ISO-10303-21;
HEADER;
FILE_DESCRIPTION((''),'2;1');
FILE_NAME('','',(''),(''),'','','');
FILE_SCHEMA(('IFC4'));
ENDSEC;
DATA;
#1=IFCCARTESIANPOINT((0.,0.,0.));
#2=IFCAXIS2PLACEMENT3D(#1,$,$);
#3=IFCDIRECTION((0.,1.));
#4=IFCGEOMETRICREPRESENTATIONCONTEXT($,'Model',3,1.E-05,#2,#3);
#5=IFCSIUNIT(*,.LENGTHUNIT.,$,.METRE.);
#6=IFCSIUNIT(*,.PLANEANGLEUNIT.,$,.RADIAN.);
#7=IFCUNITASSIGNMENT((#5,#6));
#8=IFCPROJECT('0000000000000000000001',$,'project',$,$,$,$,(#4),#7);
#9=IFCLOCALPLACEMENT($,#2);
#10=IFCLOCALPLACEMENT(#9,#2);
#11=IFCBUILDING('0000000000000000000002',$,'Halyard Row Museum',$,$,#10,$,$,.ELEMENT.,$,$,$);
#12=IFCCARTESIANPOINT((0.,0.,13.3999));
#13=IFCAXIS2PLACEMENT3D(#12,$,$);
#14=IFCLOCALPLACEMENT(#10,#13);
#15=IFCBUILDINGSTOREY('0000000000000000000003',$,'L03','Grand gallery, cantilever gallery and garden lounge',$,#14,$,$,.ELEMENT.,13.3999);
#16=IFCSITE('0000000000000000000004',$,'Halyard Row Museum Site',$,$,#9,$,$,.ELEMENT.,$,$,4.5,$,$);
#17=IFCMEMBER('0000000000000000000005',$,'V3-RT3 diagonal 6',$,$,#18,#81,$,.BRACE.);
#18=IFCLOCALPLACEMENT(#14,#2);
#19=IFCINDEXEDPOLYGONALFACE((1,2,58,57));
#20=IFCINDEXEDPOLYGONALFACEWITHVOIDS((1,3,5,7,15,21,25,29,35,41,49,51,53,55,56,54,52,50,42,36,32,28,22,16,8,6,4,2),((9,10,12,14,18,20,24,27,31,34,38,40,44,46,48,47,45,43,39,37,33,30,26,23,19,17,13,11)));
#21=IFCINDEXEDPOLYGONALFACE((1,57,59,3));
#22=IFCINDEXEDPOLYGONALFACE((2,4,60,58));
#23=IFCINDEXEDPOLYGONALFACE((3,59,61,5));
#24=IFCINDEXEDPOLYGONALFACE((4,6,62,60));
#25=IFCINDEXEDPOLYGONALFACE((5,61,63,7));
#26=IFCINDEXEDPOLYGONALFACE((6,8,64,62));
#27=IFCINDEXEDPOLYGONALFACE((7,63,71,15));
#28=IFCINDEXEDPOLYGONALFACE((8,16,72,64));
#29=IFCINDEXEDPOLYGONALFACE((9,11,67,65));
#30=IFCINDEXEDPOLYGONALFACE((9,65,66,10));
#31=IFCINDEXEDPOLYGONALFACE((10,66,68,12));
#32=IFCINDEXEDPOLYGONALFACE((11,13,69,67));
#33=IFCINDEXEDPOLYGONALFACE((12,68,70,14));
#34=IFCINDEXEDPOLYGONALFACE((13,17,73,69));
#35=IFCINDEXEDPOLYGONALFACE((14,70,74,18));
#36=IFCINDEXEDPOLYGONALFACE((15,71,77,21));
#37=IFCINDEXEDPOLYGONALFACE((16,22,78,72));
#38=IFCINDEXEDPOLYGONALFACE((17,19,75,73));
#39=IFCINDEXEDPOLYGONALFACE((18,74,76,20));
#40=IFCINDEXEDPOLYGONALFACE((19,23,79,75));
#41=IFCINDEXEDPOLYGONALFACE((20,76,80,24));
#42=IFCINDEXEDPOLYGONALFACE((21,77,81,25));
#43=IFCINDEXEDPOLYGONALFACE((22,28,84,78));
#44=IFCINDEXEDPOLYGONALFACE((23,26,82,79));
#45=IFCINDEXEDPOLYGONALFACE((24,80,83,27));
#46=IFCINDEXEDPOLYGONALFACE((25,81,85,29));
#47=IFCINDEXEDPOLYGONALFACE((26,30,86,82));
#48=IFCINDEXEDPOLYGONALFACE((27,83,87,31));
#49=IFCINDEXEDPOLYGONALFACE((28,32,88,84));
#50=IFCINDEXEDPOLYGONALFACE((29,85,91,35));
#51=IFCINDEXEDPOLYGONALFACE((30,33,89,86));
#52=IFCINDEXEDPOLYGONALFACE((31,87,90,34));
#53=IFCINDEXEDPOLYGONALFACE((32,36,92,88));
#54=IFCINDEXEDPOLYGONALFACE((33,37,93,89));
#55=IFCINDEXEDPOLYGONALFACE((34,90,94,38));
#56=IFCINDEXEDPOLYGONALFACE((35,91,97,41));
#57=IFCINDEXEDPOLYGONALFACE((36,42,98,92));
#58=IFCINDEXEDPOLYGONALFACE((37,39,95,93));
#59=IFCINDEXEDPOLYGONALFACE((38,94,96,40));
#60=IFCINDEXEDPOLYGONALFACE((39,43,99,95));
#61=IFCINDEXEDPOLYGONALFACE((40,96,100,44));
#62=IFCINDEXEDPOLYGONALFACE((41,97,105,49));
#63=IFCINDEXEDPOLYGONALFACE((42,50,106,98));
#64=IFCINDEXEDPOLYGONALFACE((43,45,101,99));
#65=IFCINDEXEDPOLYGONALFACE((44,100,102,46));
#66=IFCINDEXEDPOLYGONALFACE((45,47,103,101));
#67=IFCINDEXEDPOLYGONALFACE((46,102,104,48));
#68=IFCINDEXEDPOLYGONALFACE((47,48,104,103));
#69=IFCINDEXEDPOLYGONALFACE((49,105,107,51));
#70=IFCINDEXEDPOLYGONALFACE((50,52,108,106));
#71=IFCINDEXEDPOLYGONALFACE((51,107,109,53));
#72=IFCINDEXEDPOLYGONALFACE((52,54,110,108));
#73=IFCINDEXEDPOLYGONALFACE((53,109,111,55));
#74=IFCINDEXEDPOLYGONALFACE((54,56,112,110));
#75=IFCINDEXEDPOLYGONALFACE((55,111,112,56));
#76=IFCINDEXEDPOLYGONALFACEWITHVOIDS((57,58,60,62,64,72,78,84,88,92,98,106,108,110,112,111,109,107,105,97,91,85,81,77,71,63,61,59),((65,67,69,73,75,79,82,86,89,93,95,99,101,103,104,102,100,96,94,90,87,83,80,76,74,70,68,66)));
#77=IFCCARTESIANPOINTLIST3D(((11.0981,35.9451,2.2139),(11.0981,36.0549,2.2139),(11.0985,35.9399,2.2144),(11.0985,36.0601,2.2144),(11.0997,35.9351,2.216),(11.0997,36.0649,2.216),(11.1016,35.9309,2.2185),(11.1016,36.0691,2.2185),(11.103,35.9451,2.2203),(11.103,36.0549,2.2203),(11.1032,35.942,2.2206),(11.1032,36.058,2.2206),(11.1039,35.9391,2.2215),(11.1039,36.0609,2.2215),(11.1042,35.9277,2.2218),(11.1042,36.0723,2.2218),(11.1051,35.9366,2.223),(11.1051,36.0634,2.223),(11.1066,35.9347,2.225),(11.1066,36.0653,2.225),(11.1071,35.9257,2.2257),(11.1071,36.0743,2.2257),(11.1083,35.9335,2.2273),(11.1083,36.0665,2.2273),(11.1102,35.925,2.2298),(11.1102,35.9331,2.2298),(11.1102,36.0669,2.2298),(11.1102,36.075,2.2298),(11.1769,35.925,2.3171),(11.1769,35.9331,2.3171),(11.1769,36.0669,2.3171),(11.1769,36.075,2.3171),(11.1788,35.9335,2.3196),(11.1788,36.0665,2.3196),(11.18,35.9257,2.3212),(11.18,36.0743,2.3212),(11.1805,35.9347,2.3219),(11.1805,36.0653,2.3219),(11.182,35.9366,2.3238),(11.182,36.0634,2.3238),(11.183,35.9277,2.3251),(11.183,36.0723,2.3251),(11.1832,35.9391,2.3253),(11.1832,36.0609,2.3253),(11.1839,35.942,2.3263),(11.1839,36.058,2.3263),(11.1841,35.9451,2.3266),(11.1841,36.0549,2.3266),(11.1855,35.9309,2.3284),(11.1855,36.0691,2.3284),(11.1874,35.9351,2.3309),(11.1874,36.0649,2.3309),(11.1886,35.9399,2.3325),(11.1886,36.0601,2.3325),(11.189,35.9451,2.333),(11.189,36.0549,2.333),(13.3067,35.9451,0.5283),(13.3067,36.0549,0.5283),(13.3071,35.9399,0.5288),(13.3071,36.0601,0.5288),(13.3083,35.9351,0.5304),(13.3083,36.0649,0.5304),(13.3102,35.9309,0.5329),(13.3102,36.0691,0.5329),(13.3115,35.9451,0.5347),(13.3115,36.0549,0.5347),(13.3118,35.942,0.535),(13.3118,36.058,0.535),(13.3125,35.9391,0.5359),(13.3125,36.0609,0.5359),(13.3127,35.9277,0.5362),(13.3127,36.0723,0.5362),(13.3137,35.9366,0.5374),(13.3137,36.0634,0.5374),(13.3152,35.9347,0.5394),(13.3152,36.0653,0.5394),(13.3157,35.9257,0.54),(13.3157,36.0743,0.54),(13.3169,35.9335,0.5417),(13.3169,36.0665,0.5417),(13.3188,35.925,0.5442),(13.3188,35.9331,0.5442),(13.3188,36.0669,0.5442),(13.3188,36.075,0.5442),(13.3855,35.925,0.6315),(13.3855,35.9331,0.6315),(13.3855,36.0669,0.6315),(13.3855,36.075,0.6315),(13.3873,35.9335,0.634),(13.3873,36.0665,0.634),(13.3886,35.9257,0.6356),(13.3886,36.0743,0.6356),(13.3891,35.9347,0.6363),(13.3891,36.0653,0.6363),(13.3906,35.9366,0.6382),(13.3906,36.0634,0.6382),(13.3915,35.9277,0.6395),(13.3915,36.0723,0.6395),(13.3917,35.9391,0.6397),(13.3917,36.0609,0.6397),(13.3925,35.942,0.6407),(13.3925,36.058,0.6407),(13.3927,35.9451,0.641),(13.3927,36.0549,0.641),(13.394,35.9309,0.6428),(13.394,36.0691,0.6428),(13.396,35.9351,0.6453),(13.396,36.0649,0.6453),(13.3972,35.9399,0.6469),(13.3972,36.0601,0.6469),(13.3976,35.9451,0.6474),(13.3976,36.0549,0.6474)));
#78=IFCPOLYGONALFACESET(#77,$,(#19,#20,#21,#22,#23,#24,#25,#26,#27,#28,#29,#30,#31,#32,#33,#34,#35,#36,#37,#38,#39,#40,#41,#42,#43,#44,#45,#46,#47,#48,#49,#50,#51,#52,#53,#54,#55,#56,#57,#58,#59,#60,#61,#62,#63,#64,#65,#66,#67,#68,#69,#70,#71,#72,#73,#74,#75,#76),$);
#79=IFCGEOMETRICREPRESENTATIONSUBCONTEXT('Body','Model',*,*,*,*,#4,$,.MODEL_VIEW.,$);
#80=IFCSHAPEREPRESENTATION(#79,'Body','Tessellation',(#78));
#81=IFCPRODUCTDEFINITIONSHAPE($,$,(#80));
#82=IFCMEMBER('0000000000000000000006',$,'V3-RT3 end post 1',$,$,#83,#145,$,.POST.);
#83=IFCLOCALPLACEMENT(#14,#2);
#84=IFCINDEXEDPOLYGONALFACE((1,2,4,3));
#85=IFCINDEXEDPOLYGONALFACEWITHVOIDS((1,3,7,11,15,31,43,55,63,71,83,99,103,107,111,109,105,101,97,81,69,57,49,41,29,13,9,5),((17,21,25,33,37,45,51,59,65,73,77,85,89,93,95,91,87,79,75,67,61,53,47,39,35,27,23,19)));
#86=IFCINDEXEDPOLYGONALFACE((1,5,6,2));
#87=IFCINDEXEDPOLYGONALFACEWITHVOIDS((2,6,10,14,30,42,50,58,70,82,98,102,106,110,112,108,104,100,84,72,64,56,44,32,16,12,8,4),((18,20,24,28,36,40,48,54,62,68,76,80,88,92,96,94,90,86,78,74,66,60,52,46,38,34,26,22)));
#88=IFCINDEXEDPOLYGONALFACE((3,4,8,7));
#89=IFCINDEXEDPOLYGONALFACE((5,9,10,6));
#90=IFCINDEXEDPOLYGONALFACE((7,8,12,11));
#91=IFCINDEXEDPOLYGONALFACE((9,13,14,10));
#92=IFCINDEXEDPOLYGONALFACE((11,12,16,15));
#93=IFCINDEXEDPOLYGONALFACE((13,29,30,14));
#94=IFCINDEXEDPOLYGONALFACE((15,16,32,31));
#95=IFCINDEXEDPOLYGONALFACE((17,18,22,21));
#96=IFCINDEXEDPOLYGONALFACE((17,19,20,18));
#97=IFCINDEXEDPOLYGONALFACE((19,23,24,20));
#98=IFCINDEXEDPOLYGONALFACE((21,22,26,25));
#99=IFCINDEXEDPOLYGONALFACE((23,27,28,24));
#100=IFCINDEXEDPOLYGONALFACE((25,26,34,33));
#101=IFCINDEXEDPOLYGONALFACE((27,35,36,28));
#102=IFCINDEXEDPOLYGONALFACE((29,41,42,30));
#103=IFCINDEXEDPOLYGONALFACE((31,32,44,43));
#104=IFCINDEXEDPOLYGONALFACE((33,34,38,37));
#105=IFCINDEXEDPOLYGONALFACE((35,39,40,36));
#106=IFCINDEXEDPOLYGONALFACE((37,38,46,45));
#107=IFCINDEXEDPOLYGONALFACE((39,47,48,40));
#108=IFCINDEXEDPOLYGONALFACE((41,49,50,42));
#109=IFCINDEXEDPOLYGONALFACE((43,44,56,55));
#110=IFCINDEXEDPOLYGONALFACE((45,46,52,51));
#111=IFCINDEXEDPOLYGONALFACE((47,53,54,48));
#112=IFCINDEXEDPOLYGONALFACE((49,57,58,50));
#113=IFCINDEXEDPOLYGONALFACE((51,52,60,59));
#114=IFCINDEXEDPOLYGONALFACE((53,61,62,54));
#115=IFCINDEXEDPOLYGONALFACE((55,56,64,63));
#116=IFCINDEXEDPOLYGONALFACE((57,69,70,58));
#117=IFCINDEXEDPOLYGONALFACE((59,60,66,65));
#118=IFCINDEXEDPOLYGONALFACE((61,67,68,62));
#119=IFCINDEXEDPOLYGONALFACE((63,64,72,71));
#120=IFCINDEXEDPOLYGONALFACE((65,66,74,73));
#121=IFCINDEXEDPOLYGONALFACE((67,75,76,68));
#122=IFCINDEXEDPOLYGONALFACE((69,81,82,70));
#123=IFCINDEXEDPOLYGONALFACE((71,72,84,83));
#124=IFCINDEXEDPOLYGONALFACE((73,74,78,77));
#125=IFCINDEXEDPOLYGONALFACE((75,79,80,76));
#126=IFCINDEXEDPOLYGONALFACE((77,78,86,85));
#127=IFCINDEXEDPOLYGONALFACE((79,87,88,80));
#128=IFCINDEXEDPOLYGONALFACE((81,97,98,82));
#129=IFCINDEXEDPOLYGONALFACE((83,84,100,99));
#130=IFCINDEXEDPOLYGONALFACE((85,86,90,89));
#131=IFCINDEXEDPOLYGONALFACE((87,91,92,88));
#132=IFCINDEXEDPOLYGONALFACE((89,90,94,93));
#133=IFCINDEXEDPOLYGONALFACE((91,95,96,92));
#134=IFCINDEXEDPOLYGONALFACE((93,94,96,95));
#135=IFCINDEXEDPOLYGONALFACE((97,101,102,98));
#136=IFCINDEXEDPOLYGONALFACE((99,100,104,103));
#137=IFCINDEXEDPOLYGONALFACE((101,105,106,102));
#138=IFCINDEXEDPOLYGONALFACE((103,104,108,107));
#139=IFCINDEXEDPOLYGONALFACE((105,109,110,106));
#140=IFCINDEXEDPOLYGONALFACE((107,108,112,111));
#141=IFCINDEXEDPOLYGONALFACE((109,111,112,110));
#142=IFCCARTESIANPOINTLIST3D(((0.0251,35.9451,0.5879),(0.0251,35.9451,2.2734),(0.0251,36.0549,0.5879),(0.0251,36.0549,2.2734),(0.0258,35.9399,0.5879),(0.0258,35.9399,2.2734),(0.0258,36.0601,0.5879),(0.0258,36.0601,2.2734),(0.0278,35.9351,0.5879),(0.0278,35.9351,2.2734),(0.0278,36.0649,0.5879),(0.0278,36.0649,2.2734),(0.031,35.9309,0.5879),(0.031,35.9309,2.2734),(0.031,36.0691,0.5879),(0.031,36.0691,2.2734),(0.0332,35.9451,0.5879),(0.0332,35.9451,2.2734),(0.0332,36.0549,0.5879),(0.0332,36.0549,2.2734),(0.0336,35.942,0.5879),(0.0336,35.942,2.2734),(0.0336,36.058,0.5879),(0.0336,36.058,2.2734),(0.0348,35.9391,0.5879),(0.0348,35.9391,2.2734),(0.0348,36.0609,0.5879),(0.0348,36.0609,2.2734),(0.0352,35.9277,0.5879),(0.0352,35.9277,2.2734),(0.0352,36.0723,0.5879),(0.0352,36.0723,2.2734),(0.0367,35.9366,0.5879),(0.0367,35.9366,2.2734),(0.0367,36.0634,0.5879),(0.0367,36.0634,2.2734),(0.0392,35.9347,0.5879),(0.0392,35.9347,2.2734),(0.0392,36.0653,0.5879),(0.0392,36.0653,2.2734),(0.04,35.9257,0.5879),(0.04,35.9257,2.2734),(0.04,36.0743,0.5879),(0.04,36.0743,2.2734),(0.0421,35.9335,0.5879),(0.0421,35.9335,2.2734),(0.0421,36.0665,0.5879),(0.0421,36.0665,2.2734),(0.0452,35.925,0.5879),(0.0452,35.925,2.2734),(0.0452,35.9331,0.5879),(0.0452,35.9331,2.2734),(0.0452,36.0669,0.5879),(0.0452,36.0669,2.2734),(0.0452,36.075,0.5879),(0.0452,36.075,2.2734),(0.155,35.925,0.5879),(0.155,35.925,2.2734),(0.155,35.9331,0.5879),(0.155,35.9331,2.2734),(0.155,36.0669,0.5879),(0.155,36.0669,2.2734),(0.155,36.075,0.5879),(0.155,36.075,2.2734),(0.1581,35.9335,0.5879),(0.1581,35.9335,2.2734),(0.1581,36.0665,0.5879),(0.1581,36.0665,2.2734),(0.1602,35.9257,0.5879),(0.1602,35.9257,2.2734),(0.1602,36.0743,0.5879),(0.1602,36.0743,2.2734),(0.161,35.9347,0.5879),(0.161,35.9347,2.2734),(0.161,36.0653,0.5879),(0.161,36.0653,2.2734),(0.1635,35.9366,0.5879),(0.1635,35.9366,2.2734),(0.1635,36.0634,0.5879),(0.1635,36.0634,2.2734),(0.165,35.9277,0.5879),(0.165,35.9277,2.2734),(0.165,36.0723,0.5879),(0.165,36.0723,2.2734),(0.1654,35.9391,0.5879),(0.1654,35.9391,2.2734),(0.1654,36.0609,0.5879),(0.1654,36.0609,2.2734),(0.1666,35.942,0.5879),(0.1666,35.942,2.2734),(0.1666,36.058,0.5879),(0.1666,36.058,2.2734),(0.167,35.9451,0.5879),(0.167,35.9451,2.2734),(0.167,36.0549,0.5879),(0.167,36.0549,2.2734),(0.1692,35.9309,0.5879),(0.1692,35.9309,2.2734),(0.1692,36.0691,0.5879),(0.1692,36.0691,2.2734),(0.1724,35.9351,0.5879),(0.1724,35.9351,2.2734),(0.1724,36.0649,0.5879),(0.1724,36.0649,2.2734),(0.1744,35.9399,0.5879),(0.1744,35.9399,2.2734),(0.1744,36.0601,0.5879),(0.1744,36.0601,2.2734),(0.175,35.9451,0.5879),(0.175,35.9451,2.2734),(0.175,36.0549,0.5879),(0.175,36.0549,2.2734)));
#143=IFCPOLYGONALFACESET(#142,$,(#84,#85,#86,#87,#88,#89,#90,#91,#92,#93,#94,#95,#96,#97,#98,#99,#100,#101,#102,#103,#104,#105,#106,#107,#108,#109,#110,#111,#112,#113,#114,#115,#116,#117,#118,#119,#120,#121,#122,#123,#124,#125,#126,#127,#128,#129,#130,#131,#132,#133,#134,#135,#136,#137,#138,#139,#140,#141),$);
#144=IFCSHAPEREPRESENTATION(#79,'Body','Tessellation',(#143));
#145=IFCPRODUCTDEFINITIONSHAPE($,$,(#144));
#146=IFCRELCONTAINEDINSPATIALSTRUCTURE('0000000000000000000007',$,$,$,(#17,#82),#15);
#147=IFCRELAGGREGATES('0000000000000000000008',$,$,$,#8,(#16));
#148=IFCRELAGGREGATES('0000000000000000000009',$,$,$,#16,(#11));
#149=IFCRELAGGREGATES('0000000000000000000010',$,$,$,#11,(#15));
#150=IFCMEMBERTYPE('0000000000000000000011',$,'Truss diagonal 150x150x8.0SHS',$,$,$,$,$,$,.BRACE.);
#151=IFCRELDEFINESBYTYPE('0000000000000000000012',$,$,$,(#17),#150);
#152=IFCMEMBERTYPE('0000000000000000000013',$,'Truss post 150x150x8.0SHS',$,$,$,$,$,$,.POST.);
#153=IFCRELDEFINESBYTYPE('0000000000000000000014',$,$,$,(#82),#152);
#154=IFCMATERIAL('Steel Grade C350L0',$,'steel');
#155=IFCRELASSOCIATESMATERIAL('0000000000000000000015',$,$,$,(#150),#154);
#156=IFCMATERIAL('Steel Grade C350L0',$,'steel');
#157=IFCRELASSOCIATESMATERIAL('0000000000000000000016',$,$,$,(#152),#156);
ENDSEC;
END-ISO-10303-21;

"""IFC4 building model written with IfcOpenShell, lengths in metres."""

from ifc_helpers import new_model, si_unit, direction, frame, origin, origin_2d, place, context, subcontext, project, spatial, hollow_rectangle, extrude, material, material_profile, profile_set, type_object, element, save


model = new_model("IFC4")

# Units and contexts
model_context = context("Model", 3, precision=1e-05, world=origin(), true_north=direction((0.0, 1.0)))
body_context = subcontext(model_context, "Body", "Model", "MODEL_VIEW")
ifc_project = project(units=[si_unit("LENGTHUNIT", "METRE"), si_unit("PLANEANGLEUNIT", "RADIAN")], contexts=[model_context])

# Site, building, storey
site_placement = place(None, origin())
site = spatial("IfcSite", under=ifc_project, at=site_placement, Name="Halyard Row Museum Site", CompositionType="ELEMENT", RefElevation=4.5)
building_placement = place(site_placement, origin())
building = spatial("IfcBuilding", under=site, at=building_placement, Name="Halyard Row Museum", CompositionType="ELEMENT")
storey_placement = place(building_placement, frame((0.0, 0.0, 13.3999)))
storey = spatial("IfcBuildingStorey", under=building, at=storey_placement, Name="L03", Description="Grand gallery, cantilever gallery and garden lounge", CompositionType="ELEMENT", Elevation=13.3999)

# Members
ifc_material_1 = material(Name="Steel Grade C350L0", Category="steel")
ifc_material_profile_1 = material_profile(ifc_material_1, hollow_rectangle(XDim=0.1499, YDim=0.1499, WallThickness=0.0081, InnerFilletRadius=0.012, OuterFilletRadius=0.02, at=origin_2d()), Name="150x150x8.0SHS")
ifc_profile_set_1 = profile_set([ifc_material_profile_1], Name="Steel Grade C350L0")
member_type_1 = type_object("IfcMemberType", Name="Truss diagonal 150x150x8.0SHS", PredefinedType="BRACE", material=ifc_profile_set_1)
for number, where, z_axis, x_axis, name in (
    (1, (11.1436, 36.0, 2.2734), (0.794931, 0.0, -0.6067), (0.0, 1.0, 0.0), "V3-RT3 diagonal 6"),
):
    element("IfcMember", number, at=place(storey_placement, frame(where, z_axis=z_axis, x_axis=x_axis)), inside=storey, type_object=member_type_1, Name=name, PredefinedType="BRACE", context=body_context, shape_type="SweptSolid", body=[
        extrude(hollow_rectangle(XDim=0.1499, YDim=0.1499, WallThickness=0.0081, InnerFilletRadius=0.012, OuterFilletRadius=0.02, at=origin_2d()), origin(), (0.0, 0.0, 1.0), 2.7783),
    ])
ifc_material_2 = material(Name="Steel Grade C350L0", Category="steel")
ifc_material_profile_2 = material_profile(ifc_material_2, hollow_rectangle(XDim=0.1499, YDim=0.1499, WallThickness=0.0081, InnerFilletRadius=0.012, OuterFilletRadius=0.02, at=origin_2d()), Name="150x150x8.0SHS")
ifc_profile_set_2 = profile_set([ifc_material_profile_2], Name="Steel Grade C350L0")
member_type_2 = type_object("IfcMemberType", Name="Truss post 150x150x8.0SHS", PredefinedType="POST", material=ifc_profile_set_2)
member_1_placement = place(storey_placement, frame((0.1001, 36.0, 0.5879), z_axis=(0.0, 0.0, 1.0), x_axis=(1.0, 0.0, 0.0)))
element("IfcMember", 2, at=member_1_placement, inside=storey, type_object=member_type_2, Name="V3-RT3 end post 1", PredefinedType="POST", context=body_context, shape_type="SweptSolid", body=[
    extrude(hollow_rectangle(XDim=0.1499, YDim=0.1499, WallThickness=0.0081, InnerFilletRadius=0.012, OuterFilletRadius=0.02, at=origin_2d()), origin(), (0.0, 0.0, 1.0), 1.6855),
])

save(model, "model.ifc")
